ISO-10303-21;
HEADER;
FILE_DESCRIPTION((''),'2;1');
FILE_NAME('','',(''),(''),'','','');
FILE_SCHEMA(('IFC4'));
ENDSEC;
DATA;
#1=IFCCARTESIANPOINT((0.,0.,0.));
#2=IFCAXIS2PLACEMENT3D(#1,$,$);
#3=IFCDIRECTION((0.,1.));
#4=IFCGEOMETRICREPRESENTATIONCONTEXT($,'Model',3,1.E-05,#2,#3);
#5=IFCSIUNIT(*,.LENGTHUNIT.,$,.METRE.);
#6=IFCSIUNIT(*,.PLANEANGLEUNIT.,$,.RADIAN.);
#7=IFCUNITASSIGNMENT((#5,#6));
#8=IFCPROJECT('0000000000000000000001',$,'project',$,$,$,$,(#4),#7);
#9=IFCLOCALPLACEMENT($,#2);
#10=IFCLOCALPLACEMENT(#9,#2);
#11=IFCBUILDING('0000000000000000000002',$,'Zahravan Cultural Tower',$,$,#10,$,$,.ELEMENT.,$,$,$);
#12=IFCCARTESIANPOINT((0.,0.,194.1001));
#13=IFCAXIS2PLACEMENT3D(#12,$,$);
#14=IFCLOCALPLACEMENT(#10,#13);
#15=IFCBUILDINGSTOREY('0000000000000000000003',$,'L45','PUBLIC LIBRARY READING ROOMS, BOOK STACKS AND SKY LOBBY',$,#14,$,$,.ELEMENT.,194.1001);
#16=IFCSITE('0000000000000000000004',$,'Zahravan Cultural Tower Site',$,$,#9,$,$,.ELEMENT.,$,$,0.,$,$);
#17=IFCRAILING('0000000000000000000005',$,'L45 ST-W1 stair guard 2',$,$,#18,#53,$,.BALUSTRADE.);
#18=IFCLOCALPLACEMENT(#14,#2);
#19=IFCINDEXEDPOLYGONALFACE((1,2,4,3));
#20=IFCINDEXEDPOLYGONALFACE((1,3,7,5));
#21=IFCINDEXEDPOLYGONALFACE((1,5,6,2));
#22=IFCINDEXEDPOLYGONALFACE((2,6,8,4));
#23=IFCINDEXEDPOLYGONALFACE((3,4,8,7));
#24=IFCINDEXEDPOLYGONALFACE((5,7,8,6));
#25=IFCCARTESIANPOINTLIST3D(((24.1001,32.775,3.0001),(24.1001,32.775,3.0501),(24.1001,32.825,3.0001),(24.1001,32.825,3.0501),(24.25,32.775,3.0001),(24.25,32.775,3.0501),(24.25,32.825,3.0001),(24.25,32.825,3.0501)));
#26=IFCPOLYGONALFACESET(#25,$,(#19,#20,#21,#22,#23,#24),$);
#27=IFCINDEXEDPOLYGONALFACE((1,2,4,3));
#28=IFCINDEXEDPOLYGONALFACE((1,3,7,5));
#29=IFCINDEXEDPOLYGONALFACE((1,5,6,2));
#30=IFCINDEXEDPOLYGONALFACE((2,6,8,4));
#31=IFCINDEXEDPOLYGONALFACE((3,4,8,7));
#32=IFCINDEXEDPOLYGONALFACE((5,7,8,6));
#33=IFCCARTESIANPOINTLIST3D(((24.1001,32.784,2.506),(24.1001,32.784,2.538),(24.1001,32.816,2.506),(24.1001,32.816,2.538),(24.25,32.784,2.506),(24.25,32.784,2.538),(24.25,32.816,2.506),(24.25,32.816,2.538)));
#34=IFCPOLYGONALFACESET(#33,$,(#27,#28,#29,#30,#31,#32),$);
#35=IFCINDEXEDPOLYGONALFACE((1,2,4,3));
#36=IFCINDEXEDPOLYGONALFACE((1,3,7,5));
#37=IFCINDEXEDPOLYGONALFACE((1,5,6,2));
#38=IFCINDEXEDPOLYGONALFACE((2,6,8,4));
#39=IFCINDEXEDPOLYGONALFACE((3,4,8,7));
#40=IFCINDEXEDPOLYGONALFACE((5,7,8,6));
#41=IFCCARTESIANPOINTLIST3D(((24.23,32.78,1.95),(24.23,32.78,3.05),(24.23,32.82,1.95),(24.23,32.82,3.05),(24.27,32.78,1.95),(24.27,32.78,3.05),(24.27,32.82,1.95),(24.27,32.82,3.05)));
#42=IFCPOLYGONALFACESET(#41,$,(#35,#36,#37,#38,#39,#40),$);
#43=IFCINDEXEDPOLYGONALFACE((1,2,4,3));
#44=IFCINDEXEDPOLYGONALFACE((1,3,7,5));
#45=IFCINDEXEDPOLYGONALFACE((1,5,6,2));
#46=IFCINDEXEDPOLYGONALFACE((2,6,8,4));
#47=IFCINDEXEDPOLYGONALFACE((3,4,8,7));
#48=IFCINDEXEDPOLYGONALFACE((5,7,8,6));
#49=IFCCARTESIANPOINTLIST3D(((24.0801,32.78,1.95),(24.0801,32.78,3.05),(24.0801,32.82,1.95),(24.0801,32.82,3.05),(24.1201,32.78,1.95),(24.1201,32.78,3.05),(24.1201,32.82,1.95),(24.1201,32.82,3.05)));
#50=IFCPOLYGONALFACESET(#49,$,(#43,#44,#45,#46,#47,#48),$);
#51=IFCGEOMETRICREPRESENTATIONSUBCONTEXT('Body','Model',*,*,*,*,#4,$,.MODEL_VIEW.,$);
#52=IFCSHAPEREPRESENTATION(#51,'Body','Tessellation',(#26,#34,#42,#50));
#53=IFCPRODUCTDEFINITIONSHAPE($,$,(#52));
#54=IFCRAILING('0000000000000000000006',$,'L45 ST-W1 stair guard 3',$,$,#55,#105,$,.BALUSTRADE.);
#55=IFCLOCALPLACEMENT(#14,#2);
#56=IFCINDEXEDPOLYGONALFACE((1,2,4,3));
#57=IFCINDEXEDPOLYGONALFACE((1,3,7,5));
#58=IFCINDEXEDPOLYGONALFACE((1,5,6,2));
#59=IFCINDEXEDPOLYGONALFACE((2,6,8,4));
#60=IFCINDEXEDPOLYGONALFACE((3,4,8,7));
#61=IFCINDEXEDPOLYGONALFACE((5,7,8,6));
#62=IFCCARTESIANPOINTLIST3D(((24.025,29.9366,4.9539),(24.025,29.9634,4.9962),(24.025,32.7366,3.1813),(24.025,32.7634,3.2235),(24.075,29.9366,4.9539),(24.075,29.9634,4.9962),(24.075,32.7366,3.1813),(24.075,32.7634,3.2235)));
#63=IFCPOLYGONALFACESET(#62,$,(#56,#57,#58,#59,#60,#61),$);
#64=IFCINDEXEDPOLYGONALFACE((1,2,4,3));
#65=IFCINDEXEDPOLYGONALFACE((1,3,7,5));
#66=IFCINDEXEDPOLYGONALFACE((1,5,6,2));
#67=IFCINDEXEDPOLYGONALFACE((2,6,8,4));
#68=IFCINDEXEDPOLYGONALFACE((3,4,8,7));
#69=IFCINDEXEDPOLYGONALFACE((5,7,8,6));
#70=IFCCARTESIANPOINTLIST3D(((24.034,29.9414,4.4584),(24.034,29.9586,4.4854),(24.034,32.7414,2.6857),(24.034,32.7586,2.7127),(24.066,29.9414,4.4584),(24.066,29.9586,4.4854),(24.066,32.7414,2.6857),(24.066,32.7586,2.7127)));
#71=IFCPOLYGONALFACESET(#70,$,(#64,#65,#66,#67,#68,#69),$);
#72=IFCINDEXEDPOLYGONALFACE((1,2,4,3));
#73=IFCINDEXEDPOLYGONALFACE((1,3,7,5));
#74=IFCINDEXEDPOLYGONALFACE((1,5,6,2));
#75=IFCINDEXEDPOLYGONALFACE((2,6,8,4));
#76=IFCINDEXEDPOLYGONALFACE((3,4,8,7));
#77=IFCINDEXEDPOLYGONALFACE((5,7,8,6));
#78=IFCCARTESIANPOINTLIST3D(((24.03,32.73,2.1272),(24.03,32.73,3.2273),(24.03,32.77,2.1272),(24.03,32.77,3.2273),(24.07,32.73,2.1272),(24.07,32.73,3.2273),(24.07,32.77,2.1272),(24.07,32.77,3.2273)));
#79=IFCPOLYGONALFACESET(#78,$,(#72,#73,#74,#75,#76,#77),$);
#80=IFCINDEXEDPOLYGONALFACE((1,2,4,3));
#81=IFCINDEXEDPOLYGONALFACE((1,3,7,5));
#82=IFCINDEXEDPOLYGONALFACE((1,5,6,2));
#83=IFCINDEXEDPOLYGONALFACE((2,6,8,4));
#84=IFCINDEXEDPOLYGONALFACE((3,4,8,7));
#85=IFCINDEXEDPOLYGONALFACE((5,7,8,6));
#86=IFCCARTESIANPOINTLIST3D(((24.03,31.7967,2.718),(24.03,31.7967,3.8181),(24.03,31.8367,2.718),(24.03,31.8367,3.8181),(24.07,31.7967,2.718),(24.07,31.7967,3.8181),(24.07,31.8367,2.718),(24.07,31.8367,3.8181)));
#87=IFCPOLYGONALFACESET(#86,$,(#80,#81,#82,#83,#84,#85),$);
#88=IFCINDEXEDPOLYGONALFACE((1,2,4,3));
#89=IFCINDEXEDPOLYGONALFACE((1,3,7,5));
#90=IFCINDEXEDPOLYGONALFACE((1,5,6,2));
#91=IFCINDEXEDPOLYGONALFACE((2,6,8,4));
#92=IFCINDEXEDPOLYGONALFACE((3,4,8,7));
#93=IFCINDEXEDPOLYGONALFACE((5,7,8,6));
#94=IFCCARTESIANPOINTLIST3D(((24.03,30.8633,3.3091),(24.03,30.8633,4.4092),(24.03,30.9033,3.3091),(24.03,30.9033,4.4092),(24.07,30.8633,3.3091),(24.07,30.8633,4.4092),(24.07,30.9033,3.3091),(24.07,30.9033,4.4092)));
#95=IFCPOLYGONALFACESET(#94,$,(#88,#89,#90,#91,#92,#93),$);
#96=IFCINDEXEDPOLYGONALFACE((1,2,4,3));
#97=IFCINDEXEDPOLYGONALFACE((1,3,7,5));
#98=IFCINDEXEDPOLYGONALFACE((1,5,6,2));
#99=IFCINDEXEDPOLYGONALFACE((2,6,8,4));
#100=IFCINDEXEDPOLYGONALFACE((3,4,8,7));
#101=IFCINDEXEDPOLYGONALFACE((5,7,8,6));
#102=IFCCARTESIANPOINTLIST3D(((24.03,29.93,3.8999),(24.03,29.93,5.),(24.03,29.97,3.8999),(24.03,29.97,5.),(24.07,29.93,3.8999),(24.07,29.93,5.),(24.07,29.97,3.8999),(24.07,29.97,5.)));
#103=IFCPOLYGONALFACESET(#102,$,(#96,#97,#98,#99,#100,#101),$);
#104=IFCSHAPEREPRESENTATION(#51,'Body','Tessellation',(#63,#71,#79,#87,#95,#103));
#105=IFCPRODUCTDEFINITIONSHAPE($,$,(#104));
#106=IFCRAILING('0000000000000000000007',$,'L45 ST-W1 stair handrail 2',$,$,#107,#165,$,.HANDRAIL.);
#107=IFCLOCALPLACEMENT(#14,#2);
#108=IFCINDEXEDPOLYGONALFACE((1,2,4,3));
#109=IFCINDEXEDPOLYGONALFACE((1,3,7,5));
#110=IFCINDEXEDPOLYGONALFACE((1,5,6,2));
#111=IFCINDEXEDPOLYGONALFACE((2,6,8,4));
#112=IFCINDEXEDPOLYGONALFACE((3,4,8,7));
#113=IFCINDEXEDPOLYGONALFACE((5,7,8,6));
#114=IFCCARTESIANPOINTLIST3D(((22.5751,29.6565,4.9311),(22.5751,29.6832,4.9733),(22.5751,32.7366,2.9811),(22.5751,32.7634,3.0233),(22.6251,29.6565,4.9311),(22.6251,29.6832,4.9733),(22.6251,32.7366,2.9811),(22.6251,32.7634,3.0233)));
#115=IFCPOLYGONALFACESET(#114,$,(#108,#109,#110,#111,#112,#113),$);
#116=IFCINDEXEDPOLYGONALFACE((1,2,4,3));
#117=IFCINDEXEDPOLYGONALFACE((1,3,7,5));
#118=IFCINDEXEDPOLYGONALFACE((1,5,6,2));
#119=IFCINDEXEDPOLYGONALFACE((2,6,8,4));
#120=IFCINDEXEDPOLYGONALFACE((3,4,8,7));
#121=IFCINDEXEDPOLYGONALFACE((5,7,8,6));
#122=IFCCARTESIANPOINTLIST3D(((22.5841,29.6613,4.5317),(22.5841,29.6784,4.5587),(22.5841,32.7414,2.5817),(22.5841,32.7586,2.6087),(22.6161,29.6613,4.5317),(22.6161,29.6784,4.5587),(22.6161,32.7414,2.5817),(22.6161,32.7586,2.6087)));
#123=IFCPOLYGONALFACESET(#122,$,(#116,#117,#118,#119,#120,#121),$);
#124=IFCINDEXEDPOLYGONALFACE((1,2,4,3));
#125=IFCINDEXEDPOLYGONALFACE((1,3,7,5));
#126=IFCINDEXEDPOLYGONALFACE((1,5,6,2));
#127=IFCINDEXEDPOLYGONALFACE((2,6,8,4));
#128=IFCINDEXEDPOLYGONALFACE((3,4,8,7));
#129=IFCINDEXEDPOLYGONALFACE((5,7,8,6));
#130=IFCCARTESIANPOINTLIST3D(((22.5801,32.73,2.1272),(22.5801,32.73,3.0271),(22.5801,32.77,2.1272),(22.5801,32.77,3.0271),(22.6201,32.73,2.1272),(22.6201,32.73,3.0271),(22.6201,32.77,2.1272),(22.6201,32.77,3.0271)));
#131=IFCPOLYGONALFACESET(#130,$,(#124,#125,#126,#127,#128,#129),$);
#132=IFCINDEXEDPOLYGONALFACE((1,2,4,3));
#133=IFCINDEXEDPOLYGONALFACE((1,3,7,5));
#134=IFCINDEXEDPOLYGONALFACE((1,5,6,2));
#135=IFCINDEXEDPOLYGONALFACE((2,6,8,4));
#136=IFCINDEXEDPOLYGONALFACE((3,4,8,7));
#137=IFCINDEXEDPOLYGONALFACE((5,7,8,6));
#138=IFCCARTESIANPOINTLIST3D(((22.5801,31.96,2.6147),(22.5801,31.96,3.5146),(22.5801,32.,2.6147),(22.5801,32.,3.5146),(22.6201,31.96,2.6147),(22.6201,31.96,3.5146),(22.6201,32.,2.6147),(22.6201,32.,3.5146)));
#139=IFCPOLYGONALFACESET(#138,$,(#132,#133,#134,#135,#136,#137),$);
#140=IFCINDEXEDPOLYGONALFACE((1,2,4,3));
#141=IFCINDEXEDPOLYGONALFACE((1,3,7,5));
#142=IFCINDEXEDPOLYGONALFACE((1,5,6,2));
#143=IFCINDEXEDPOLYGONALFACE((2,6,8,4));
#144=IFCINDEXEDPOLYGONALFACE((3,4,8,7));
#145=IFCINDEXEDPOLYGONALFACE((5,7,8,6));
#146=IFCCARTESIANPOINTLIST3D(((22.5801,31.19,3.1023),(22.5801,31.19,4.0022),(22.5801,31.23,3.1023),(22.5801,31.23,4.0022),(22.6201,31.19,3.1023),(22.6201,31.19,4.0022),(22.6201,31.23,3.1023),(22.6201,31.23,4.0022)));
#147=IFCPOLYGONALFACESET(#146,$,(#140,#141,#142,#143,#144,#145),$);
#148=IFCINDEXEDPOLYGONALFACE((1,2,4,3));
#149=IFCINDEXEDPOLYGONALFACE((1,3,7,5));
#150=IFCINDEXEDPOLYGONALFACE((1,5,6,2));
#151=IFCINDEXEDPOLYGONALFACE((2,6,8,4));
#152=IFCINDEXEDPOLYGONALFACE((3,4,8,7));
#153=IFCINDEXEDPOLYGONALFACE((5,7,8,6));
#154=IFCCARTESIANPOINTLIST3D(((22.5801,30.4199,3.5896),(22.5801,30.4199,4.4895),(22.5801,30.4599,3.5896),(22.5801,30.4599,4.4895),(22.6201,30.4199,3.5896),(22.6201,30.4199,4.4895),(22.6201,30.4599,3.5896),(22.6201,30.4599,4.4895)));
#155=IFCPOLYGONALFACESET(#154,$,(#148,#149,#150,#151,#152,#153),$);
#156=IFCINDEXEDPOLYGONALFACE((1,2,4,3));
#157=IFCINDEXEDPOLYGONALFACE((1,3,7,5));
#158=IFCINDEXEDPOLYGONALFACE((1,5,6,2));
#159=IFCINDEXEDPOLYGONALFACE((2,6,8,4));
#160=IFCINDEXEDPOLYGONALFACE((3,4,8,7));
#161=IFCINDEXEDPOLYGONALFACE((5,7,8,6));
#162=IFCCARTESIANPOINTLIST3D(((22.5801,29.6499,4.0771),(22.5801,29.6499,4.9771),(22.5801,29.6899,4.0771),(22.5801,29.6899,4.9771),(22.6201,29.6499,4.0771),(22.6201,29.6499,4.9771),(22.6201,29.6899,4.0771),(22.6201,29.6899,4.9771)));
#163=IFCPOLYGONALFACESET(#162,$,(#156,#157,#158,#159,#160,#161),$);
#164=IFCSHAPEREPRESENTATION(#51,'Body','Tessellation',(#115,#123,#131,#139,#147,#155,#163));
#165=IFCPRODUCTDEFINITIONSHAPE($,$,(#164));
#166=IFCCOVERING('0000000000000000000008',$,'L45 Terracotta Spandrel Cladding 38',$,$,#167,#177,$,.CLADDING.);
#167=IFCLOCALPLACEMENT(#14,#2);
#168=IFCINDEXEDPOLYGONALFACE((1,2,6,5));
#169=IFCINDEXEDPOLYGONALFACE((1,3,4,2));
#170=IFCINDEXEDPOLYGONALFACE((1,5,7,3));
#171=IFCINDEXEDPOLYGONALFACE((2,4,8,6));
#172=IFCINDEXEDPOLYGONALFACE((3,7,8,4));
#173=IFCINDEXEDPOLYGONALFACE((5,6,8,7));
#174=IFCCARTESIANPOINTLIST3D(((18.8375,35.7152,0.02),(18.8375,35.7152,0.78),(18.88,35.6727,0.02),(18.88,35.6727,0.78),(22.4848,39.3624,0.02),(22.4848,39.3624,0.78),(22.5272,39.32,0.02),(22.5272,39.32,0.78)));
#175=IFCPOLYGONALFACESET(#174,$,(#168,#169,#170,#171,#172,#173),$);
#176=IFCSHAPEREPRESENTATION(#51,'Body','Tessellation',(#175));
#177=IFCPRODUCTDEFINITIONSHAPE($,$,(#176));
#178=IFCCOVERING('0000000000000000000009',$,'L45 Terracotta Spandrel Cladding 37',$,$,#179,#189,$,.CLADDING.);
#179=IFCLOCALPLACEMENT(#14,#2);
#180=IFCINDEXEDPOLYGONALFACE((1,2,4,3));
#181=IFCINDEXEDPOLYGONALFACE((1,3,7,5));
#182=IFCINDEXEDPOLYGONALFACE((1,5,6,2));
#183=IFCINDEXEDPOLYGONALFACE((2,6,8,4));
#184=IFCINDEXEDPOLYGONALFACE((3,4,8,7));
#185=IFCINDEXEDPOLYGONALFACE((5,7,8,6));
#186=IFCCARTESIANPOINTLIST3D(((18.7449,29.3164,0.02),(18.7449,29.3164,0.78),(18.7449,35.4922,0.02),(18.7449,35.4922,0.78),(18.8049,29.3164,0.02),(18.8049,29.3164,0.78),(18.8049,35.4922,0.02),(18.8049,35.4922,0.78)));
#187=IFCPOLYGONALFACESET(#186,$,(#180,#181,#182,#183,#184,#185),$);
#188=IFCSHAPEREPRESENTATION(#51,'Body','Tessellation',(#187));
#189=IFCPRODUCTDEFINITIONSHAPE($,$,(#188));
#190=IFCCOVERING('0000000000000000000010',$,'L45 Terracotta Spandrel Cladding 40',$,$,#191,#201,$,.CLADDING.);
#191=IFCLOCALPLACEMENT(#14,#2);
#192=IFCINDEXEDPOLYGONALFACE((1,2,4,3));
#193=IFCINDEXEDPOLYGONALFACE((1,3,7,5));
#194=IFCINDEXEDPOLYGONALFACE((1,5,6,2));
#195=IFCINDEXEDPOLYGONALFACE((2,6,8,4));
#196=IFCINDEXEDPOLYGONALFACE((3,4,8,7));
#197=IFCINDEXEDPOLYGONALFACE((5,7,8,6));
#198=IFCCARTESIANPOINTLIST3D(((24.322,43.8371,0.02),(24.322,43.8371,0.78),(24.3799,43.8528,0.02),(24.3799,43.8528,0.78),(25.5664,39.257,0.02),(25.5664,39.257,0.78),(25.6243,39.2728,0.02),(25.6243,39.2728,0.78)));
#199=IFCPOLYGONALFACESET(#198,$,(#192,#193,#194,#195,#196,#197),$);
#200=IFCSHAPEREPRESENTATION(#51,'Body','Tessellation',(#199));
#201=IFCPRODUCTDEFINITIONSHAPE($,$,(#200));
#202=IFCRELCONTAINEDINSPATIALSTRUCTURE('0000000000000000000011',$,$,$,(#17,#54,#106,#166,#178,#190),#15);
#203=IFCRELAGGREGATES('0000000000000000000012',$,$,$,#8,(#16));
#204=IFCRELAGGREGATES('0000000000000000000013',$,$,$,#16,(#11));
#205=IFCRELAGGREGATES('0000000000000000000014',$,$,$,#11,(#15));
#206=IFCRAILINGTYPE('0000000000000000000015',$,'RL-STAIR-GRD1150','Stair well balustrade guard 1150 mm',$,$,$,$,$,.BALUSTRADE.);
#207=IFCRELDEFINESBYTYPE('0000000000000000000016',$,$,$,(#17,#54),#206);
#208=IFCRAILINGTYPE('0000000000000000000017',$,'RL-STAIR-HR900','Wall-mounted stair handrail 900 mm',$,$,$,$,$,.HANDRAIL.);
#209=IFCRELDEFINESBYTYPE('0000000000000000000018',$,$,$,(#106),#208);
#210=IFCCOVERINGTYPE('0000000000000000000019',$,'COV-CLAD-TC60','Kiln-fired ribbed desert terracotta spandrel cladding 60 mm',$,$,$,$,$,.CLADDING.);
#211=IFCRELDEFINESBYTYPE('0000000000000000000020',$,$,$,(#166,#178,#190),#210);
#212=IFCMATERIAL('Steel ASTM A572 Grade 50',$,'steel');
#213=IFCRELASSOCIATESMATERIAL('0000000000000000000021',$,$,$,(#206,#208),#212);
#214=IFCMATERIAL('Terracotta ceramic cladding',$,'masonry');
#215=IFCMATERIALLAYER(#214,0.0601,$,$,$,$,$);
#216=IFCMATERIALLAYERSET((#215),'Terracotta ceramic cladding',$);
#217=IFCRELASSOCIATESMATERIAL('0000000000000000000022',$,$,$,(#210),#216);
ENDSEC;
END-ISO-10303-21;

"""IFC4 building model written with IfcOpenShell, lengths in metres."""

from ifc_helpers import new_model, si_unit, direction, frame, origin, origin_2d, place, context, subcontext, project, spatial, rectangle, extrude, source, transform, mapped, material, layer, layer_set, type_object, element, save


model = new_model("IFC4")

# Units and contexts
model_context = context("Model", 3, precision=1e-05, world=origin(), true_north=direction((0.0, 1.0)))
body_context = subcontext(model_context, "Body", "Model", "MODEL_VIEW")
ifc_project = project(units=[si_unit("LENGTHUNIT", "METRE"), si_unit("PLANEANGLEUNIT", "RADIAN")], contexts=[model_context])

# Site, building, storey
site_placement = place(None, origin())
site = spatial("IfcSite", under=ifc_project, at=site_placement, Name="Zahravan Cultural Tower Site", CompositionType="ELEMENT", RefElevation=0.0)
building_placement = place(site_placement, origin())
building = spatial("IfcBuilding", under=site, at=building_placement, Name="Zahravan Cultural Tower", CompositionType="ELEMENT")
storey_placement = place(building_placement, frame((0.0, 0.0, 194.1001)))
storey = spatial("IfcBuildingStorey", under=building, at=storey_placement, Name="L45", Description="PUBLIC LIBRARY READING ROOMS, BOOK STACKS AND SKY LOBBY", CompositionType="ELEMENT", Elevation=194.1001)

# Railings
ifc_material_1 = material(Name="Steel ASTM A572 Grade 50", Category="steel")
railing_type_1 = type_object("IfcRailingType", Name="RL-STAIR-GRD1150", Description="Stair well balustrade guard 1150 mm", PredefinedType="BALUSTRADE", material=ifc_material_1)
railing_1_placement = place(storey_placement, frame((24.25, 32.8, 1.95)))
element("IfcRailing", 1, at=railing_1_placement, inside=storey, type_object=railing_type_1, Name="L45 ST-W1 stair guard 2", PredefinedType="BALUSTRADE", context=body_context, shape_type="SweptSolid", body=[
    extrude(rectangle(XDim=0.05, YDim=0.05, at=origin_2d()), frame((0.0, 0.0, 1.0752), z_axis=(-1.0, 0.0, 0.0), x_axis=(0.0, -1.0, 0.0)), (0.0, 0.0, 1.0), 0.1499),
    extrude(rectangle(XDim=0.032, YDim=0.032, at=origin_2d()), frame((0.0, 0.0, 0.572), z_axis=(-1.0, 0.0, 0.0), x_axis=(0.0, -1.0, 0.0)), (0.0, 0.0, 1.0), 0.1499),
    extrude(rectangle(XDim=0.04, YDim=0.04, at=origin_2d()), origin(), (0.0, 0.0, 1.0), 1.1001),
    extrude(rectangle(XDim=0.04, YDim=0.04, at=origin_2d()), frame((-0.1499, 0.0, 0.0)), (0.0, 0.0, 1.0), 1.1001),
])
railing_2_placement = place(storey_placement, frame((24.05, 32.75, 2.1272)))
element("IfcRailing", 2, at=railing_2_placement, inside=storey, type_object=railing_type_1, Name="L45 ST-W1 stair guard 3", PredefinedType="BALUSTRADE", context=body_context, shape_type="SweptSolid", body=[
    extrude(rectangle(XDim=0.05, YDim=0.05, at=origin_2d()), frame((0.0, 0.0, 1.0752), z_axis=(0.0, -0.844909, 0.53491), x_axis=(1.0, 0.0, 0.0)), (0.0, 0.0, 1.0), 3.314),
    extrude(rectangle(XDim=0.032, YDim=0.032, at=origin_2d()), frame((0.0, 0.0, 0.572), z_axis=(0.0, -0.844909, 0.53491), x_axis=(1.0, 0.0, 0.0)), (0.0, 0.0, 1.0), 3.314),
    extrude(rectangle(XDim=0.04, YDim=0.04, at=origin_2d()), origin(), (0.0, 0.0, 1.0), 1.1001),
    extrude(rectangle(XDim=0.04, YDim=0.04, at=origin_2d()), frame((0.0, -0.9333, 0.5908)), (0.0, 0.0, 1.0), 1.1001),
    extrude(rectangle(XDim=0.04, YDim=0.04, at=origin_2d()), frame((0.0, -1.8667, 1.1819)), (0.0, 0.0, 1.0), 1.1001),
    extrude(rectangle(XDim=0.04, YDim=0.04, at=origin_2d()), frame((0.0, -2.8, 1.7727)), (0.0, 0.0, 1.0), 1.1001),
])
railing_type_2 = type_object("IfcRailingType", Name="RL-STAIR-HR900", Description="Wall-mounted stair handrail 900 mm", PredefinedType="HANDRAIL", material=ifc_material_1)
railing_3_placement = place(storey_placement, frame((22.6001, 32.75, 2.1272)))
element("IfcRailing", 3, at=railing_3_placement, inside=storey, type_object=railing_type_2, Name="L45 ST-W1 stair handrail 2", PredefinedType="HANDRAIL", context=body_context, shape_type="SweptSolid", body=[
    extrude(rectangle(XDim=0.05, YDim=0.05, at=origin_2d()), frame((0.0, 0.0, 0.875), z_axis=(0.0, -0.844914, 0.534902), x_axis=(1.0, 0.0, 0.0)), (0.0, 0.0, 1.0), 3.6455),
    extrude(rectangle(XDim=0.032, YDim=0.032, at=origin_2d()), frame((0.0, 0.0, 0.468), z_axis=(0.0, -0.844914, 0.534902), x_axis=(1.0, 0.0, 0.0)), (0.0, 0.0, 1.0), 3.6455),
    extrude(rectangle(XDim=0.04, YDim=0.04, at=origin_2d()), origin(), (0.0, 0.0, 1.0), 0.8999),
    extrude(rectangle(XDim=0.04, YDim=0.04, at=origin_2d()), frame((0.0, -0.77, 0.4875)), (0.0, 0.0, 1.0), 0.8999),
    extrude(rectangle(XDim=0.04, YDim=0.04, at=origin_2d()), frame((0.0, -1.54, 0.9751)), (0.0, 0.0, 1.0), 0.8999),
    extrude(rectangle(XDim=0.04, YDim=0.04, at=origin_2d()), frame((0.0, -2.3101, 1.4624)), (0.0, 0.0, 1.0), 0.8999),
    extrude(rectangle(XDim=0.04, YDim=0.04, at=origin_2d()), frame((0.0, -3.0801, 1.95)), (0.0, 0.0, 1.0), 0.8999),
])

# Coverings
ifc_material_2 = material(Name="Terracotta ceramic cladding", Category="masonry")
ifc_layer_1 = layer(ifc_material_2, 0.0601)
ifc_layer_set_1 = layer_set([ifc_layer_1], Name="Terracotta ceramic cladding")
covering_type = type_object("IfcCoveringType", Name="COV-CLAD-TC60", Description="Kiln-fired ribbed desert terracotta spandrel cladding 60 mm", PredefinedType="CLADDING", material=ifc_layer_set_1)
shared_shape_1 = source(origin(), body_context, "Body", "SweptSolid", [
    extrude(rectangle(XDim=5.158, YDim=0.0601, at=origin_2d()), origin(), (0.0, 0.0, 1.0), 0.76),
])
covering_1_placement = place(storey_placement, frame((20.6824, 37.5176, 0.02), z_axis=(0.0, 0.0, 1.0), x_axis=(0.707107, 0.707107, 0.0)))
element("IfcCovering", 4, at=covering_1_placement, inside=storey, type_object=covering_type, Name="L45 Terracotta Spandrel Cladding 38", PredefinedType="CLADDING", context=body_context, shape_type="MappedRepresentation", body=[
    mapped(shared_shape_1, transform((0.0, 0.0, 0.0), x_axis=(1.0, 0.0, 0.0), y_axis=(0.0, 1.0, 0.0), z_axis=(0.0, 0.0, 1.0), scale=1.0)),
])
shared_shape_2 = source(origin(), body_context, "Body", "SweptSolid", [
    extrude(rectangle(XDim=6.1758, YDim=0.0601, at=origin_2d()), origin(), (0.0, 0.0, 1.0), 0.76),
])
covering_2_placement = place(storey_placement, frame((18.7749, 32.4043, 0.02), z_axis=(0.0, 0.0, 1.0), x_axis=(0.0, 1.0, 0.0)))
element("IfcCovering", 5, at=covering_2_placement, inside=storey, type_object=covering_type, Name="L45 Terracotta Spandrel Cladding 37", PredefinedType="CLADDING", context=body_context, shape_type="MappedRepresentation", body=[
    mapped(shared_shape_2, transform((0.0, 0.0, 0.0), x_axis=(1.0, 0.0, 0.0), y_axis=(0.0, 1.0, 0.0), z_axis=(0.0, 0.0, 1.0), scale=1.0)),
])
shared_shape_3 = source(origin(), body_context, "Body", "SweptSolid", [
    extrude(rectangle(XDim=4.7461, YDim=0.0601, at=origin_2d()), origin(), (0.0, 0.0, 1.0), 0.76),
])
covering_3_placement = place(storey_placement, frame((24.9731, 41.5549, 0.02), z_axis=(0.0, 0.0, 1.0), x_axis=(-0.262189, 0.965016, 0.0)))
element("IfcCovering", 6, at=covering_3_placement, inside=storey, type_object=covering_type, Name="L45 Terracotta Spandrel Cladding 40", PredefinedType="CLADDING", context=body_context, shape_type="MappedRepresentation", body=[
    mapped(shared_shape_3, transform((0.0, 0.0, 0.0), x_axis=(1.0, 0.0, 0.0), y_axis=(0.0, 1.0, 0.0), z_axis=(0.0, 0.0, 1.0), scale=1.0)),
])

save(model, "model.ifc")
